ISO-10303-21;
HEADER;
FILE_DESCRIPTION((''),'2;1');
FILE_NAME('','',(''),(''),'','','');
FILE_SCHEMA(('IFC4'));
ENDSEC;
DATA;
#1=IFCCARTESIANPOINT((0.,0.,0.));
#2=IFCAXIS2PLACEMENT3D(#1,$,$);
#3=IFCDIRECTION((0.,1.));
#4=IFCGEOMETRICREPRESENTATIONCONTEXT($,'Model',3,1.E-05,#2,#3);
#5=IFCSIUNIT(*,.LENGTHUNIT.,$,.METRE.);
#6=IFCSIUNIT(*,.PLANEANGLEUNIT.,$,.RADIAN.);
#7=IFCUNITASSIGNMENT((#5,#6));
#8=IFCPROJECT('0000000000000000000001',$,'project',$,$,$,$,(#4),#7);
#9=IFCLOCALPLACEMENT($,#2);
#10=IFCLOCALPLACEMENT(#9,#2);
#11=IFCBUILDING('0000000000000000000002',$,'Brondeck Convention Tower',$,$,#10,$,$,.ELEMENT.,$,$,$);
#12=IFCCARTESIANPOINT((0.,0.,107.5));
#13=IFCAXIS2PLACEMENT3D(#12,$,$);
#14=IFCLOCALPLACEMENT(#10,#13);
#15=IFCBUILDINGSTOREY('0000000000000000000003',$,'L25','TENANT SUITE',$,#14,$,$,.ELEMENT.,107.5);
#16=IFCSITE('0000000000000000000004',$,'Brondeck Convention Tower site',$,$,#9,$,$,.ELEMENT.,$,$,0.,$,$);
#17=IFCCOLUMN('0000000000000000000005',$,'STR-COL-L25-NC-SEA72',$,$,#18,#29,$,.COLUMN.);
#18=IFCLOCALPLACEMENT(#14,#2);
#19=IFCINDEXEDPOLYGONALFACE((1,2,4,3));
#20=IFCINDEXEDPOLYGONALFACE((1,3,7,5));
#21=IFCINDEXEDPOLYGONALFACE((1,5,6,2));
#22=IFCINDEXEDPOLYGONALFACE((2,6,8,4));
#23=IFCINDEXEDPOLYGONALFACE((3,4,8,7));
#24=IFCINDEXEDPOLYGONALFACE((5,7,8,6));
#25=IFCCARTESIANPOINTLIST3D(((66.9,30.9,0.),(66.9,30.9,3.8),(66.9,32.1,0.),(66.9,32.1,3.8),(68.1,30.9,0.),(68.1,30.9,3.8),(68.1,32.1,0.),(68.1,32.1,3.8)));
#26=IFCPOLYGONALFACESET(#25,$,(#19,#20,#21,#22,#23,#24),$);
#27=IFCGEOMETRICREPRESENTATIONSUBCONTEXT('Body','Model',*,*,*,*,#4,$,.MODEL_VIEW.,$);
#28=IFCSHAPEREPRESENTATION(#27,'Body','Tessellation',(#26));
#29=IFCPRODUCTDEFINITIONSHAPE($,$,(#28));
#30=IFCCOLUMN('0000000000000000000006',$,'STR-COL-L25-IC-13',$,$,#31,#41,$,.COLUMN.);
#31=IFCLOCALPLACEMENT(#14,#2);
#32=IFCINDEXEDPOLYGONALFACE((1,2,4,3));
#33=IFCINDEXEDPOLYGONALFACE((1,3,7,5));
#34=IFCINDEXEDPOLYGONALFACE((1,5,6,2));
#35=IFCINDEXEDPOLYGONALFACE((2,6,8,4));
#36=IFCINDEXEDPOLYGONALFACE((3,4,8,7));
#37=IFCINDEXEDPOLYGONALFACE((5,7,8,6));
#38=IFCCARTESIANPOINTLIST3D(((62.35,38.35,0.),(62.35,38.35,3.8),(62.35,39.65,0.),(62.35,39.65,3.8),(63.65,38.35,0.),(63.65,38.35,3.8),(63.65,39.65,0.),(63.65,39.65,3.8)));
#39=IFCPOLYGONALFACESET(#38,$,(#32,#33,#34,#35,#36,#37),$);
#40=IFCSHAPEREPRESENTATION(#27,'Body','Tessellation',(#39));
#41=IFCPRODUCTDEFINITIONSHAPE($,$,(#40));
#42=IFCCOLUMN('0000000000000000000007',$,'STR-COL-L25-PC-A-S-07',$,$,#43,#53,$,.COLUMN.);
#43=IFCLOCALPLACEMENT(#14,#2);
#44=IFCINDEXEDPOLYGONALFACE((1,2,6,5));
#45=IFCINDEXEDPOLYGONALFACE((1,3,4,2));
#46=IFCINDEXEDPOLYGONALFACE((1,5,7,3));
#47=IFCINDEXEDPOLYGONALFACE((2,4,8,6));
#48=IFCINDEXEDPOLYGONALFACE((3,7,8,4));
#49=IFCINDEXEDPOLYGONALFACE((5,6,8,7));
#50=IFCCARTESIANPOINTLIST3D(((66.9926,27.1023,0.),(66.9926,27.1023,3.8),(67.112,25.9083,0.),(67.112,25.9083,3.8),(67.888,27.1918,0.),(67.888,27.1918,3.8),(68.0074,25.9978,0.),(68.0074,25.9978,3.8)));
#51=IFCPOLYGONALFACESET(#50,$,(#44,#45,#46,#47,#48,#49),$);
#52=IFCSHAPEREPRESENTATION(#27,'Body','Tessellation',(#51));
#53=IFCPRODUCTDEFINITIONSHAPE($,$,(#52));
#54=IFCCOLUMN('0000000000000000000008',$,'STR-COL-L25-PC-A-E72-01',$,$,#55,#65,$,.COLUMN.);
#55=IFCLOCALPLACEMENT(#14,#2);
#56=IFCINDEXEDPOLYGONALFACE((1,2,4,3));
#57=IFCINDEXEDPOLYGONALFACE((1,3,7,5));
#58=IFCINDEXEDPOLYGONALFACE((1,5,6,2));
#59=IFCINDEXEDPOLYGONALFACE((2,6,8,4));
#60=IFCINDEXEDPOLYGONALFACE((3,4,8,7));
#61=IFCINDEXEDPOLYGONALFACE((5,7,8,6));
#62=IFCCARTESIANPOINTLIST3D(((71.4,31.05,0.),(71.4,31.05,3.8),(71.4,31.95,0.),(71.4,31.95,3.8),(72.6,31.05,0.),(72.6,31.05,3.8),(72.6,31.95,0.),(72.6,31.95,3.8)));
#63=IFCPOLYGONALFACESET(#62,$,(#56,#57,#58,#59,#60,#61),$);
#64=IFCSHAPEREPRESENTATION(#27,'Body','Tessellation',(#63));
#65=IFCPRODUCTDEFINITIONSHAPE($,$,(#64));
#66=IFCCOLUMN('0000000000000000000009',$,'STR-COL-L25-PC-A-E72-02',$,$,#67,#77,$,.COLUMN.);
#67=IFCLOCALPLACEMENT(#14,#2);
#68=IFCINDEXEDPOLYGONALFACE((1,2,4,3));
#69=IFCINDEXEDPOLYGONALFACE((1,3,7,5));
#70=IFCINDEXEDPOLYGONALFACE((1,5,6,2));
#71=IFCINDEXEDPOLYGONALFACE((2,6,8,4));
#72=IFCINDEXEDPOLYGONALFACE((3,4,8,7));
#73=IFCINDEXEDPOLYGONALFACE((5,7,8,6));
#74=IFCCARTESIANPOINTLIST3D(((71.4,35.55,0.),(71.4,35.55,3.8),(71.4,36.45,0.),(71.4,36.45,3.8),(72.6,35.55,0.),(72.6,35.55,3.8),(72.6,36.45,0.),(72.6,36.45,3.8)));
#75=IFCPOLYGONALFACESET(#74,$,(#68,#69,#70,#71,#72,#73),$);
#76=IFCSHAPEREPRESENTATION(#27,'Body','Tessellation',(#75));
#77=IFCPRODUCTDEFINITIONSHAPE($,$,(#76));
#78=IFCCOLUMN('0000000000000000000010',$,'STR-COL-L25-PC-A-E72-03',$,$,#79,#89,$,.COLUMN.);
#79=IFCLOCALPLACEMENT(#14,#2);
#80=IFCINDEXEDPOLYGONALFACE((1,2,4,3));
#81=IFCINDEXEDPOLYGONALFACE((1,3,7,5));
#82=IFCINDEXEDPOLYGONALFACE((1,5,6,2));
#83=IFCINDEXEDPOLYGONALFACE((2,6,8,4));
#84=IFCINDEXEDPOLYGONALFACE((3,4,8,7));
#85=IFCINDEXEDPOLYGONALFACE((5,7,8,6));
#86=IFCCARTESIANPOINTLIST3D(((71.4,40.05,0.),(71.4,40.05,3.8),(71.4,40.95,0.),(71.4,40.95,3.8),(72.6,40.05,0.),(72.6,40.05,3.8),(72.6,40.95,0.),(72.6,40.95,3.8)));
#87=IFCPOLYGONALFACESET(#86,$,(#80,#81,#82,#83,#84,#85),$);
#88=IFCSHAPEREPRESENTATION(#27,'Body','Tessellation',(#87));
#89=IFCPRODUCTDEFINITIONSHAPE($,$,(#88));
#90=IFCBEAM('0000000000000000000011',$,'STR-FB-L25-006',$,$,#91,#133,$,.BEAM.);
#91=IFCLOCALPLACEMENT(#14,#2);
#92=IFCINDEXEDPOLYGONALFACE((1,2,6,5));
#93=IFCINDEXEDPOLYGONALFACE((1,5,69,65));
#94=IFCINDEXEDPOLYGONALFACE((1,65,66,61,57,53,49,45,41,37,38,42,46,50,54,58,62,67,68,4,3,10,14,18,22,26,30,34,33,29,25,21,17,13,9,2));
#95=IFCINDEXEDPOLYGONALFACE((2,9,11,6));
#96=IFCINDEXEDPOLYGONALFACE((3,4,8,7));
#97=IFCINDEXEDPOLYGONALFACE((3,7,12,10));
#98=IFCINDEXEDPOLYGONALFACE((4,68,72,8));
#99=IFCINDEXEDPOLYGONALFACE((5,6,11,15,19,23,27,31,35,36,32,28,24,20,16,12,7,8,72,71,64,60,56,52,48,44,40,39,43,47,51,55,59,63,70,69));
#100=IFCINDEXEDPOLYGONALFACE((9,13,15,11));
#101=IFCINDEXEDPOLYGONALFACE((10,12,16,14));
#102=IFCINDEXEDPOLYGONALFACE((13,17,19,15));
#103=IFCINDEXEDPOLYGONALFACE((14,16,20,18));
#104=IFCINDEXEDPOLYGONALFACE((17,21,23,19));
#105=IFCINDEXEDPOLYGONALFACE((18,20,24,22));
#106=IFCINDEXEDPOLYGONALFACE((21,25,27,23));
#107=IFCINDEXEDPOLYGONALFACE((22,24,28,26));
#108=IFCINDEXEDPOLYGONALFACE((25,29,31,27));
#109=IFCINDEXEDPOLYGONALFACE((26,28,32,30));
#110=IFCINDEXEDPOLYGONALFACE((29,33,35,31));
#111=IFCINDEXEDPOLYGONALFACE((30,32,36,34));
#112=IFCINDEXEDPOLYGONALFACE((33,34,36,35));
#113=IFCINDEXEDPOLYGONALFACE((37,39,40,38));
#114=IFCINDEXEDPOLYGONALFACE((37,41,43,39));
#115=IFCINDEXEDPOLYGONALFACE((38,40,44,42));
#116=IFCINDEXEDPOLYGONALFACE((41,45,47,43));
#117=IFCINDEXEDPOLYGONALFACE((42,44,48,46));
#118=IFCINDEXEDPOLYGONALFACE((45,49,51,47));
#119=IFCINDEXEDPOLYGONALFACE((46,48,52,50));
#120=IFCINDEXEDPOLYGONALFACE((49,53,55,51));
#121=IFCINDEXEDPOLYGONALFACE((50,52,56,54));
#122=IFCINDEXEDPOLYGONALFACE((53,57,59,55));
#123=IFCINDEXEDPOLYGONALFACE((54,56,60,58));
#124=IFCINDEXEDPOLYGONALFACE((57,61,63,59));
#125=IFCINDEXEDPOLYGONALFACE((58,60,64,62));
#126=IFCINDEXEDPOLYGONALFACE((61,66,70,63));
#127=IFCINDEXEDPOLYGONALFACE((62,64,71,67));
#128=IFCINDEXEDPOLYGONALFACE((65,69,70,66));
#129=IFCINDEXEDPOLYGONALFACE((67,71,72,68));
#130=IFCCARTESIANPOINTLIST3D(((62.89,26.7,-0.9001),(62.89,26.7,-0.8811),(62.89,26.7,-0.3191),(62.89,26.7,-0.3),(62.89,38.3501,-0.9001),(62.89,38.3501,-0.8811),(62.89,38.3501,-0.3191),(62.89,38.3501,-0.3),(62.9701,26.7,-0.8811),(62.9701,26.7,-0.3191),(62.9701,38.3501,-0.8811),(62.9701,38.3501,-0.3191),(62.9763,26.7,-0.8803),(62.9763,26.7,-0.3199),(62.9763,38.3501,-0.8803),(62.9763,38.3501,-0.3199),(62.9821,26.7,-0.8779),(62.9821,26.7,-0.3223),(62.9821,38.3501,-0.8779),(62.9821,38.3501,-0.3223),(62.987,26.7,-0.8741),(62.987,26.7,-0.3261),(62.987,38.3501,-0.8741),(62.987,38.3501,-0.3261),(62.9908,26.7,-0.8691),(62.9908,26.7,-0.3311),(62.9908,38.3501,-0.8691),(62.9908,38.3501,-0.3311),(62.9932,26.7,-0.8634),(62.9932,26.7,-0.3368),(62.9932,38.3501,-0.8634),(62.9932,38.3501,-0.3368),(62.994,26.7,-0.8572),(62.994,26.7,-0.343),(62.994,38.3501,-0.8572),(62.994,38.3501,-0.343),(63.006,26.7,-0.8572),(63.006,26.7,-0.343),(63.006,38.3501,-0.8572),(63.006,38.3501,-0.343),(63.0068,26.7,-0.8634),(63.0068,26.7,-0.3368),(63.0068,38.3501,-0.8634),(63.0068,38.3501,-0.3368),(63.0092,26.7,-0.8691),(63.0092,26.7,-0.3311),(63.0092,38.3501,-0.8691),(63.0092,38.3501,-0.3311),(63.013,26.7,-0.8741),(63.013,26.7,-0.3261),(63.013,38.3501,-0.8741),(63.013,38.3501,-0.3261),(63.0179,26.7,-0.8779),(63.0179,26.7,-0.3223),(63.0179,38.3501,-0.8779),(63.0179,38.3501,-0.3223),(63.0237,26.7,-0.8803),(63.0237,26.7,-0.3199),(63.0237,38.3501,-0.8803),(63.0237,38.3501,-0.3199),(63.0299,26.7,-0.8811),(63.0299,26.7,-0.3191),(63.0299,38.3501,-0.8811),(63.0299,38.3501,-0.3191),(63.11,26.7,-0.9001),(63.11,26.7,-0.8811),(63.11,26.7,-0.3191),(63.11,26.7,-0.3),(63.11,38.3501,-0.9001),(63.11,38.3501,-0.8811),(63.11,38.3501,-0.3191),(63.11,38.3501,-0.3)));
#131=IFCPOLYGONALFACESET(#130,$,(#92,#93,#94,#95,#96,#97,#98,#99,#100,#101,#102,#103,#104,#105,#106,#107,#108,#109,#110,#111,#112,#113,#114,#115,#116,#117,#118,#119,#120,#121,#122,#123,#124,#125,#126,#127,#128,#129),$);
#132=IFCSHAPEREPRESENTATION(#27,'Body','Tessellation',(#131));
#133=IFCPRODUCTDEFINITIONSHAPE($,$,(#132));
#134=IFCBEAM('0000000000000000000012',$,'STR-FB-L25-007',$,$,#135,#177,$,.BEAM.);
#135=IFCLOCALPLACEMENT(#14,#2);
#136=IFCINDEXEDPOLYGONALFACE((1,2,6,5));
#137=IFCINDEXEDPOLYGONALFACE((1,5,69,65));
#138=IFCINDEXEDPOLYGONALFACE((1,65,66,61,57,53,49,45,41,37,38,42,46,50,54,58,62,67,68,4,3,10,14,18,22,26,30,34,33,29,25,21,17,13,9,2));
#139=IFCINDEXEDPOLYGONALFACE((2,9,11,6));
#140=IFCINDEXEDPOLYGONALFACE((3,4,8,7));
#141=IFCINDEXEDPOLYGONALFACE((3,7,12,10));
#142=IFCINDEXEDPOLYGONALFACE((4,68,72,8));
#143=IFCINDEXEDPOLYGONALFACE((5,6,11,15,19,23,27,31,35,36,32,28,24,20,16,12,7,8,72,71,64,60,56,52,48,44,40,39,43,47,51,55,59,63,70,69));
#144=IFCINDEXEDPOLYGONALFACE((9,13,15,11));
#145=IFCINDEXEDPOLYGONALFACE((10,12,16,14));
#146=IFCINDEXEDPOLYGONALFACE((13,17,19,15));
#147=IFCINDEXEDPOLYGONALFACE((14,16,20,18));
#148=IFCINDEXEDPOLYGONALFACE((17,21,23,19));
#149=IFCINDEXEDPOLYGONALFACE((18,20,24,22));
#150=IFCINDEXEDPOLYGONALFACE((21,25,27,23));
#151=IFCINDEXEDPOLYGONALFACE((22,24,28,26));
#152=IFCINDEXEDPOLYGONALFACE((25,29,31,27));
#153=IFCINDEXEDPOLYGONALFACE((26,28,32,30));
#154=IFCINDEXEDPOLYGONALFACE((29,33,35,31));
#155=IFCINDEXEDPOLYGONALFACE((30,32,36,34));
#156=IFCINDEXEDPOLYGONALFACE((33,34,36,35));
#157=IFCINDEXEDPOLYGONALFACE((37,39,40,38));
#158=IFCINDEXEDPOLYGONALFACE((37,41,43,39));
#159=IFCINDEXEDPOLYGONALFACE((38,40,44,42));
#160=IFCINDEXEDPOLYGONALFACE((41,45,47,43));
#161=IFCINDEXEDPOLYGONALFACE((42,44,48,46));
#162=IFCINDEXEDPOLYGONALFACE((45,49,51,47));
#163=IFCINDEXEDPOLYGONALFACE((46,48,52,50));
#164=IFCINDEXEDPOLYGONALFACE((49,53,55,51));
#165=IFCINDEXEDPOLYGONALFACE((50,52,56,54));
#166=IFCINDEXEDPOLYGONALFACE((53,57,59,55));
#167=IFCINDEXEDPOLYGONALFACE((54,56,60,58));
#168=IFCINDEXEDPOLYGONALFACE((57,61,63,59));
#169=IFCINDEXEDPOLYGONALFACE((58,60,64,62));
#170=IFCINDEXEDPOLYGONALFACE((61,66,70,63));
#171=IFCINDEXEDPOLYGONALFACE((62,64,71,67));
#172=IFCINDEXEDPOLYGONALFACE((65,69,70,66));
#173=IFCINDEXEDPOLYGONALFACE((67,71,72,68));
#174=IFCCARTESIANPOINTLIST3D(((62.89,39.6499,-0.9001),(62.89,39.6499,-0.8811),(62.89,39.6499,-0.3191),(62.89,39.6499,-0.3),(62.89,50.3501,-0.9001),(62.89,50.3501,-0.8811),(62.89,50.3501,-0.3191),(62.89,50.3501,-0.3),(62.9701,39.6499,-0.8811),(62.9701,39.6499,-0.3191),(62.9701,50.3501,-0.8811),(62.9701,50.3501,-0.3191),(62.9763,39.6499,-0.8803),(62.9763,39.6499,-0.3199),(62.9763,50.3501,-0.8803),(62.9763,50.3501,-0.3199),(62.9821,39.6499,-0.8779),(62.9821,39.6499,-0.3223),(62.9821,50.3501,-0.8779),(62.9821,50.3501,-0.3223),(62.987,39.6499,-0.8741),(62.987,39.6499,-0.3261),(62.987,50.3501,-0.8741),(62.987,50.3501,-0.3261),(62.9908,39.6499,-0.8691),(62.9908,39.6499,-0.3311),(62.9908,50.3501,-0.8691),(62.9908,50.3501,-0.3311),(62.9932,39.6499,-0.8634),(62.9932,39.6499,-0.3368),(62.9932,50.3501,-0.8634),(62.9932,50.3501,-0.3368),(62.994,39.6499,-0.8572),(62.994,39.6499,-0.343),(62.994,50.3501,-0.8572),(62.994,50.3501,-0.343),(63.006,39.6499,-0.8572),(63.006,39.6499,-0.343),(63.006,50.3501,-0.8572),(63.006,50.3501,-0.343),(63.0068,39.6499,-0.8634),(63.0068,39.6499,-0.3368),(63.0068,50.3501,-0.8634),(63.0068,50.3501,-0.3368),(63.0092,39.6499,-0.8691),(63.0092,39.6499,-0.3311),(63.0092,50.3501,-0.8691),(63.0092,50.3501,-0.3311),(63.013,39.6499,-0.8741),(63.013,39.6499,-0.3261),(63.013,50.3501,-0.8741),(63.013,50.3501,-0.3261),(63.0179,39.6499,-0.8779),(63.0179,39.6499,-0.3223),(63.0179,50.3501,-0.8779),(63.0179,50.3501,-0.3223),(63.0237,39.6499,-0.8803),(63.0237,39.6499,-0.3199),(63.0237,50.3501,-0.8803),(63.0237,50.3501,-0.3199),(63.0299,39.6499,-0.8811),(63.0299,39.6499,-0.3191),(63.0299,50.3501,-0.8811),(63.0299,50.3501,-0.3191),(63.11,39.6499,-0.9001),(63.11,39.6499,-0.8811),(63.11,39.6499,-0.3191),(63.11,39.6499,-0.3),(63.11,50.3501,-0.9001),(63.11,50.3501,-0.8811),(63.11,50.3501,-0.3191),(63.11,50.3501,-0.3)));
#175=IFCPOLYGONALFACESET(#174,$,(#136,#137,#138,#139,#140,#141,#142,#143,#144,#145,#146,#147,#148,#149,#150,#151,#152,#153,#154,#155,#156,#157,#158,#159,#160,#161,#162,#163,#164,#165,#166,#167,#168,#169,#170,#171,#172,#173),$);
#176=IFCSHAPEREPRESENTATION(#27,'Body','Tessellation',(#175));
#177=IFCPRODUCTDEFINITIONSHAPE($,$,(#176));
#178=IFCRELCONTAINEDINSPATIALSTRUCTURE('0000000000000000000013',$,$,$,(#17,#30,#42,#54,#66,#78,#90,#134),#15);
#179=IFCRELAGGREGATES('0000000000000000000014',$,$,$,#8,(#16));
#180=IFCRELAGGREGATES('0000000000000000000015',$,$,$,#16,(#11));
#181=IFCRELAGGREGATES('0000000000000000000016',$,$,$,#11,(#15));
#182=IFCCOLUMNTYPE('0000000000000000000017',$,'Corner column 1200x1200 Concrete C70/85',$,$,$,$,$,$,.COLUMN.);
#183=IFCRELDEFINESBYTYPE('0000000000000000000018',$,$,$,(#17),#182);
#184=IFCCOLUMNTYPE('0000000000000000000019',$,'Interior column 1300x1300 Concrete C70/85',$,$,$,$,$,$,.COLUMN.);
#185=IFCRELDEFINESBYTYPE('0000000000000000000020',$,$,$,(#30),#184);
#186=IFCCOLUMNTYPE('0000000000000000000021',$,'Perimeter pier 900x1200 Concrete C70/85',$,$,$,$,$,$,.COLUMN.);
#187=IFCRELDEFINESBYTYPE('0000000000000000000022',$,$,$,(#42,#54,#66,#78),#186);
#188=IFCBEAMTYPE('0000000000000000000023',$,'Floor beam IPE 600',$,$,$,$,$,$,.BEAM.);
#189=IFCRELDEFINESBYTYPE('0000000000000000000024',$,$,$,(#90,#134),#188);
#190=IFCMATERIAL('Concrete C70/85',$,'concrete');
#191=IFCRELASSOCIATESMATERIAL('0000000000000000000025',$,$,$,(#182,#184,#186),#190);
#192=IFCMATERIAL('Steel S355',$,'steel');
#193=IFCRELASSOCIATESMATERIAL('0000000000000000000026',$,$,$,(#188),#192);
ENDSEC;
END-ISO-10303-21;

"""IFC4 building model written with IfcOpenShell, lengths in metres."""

from ifc_helpers import new_model, si_unit, direction, frame, origin, origin_2d, place, context, subcontext, project, spatial, rectangle, i_section, extrude, material, material_profile, profile_set, type_object, element, save


model = new_model("IFC4")

# Units and contexts
model_context = context("Model", 3, precision=1e-05, world=origin(), true_north=direction((0.0, 1.0)))
body_context = subcontext(model_context, "Body", "Model", "MODEL_VIEW")
ifc_project = project(units=[si_unit("LENGTHUNIT", "METRE"), si_unit("PLANEANGLEUNIT", "RADIAN")], contexts=[model_context])

# Site, building, storey
site_placement = place(None, origin())
site = spatial("IfcSite", under=ifc_project, at=site_placement, Name="Brondeck Convention Tower site", CompositionType="ELEMENT", RefElevation=0.0)
building_placement = place(site_placement, origin())
building = spatial("IfcBuilding", under=site, at=building_placement, Name="Brondeck Convention Tower", CompositionType="ELEMENT")
storey_placement = place(building_placement, frame((0.0, 0.0, 107.5)))
storey = spatial("IfcBuildingStorey", under=building, at=storey_placement, Name="L25", Description="TENANT SUITE", CompositionType="ELEMENT", Elevation=107.5)

# Columns
ifc_material_1 = material(Name="Concrete C70/85", Category="concrete")
ifc_material_profile_1 = material_profile(ifc_material_1, rectangle(XDim=1.2, YDim=1.2, at=origin_2d()), Name="Corner column 1200x1200 Concrete C70/85")
ifc_profile_set_1 = profile_set([ifc_material_profile_1], Name="Concrete C70/85")
column_type_1 = type_object("IfcColumnType", Name="Corner column 1200x1200 Concrete C70/85", PredefinedType="COLUMN", material=ifc_profile_set_1)
column_1_placement = place(storey_placement, frame((67.5, 31.5, 0.0), z_axis=(0.0, 0.0, 1.0), x_axis=(1.0, 0.0, 0.0)))
element("IfcColumn", 1, at=column_1_placement, inside=storey, type_object=column_type_1, Name="STR-COL-L25-NC-SEA72", PredefinedType="COLUMN", context=body_context, shape_type="SweptSolid", body=[
    extrude(rectangle(XDim=1.2, YDim=1.2, at=origin_2d()), origin(), (0.0, 0.0, 1.0), 3.8),
])
ifc_material_profile_2 = material_profile(ifc_material_1, rectangle(XDim=1.3, YDim=1.3, at=origin_2d()), Name="Interior column 1300x1300 Concrete C70/85")
ifc_profile_set_2 = profile_set([ifc_material_profile_2], Name="Concrete C70/85")
column_type_2 = type_object("IfcColumnType", Name="Interior column 1300x1300 Concrete C70/85", PredefinedType="COLUMN", material=ifc_profile_set_2)
column_2_placement = place(storey_placement, frame((63.0, 39.0, 0.0), z_axis=(0.0, 0.0, 1.0), x_axis=(1.0, 0.0, 0.0)))
element("IfcColumn", 2, at=column_2_placement, inside=storey, type_object=column_type_2, Name="STR-COL-L25-IC-13", PredefinedType="COLUMN", context=body_context, shape_type="SweptSolid", body=[
    extrude(rectangle(XDim=1.3, YDim=1.3, at=origin_2d()), origin(), (0.0, 0.0, 1.0), 3.8),
])
ifc_material_profile_3 = material_profile(ifc_material_1, rectangle(XDim=0.8999, YDim=1.2, at=origin_2d()), Name="Perimeter pier 900x1200 Concrete C70/85")
ifc_profile_set_3 = profile_set([ifc_material_profile_3], Name="Concrete C70/85")
column_type_3 = type_object("IfcColumnType", Name="Perimeter pier 900x1200 Concrete C70/85", PredefinedType="COLUMN", material=ifc_profile_set_3)
for number, where, z_axis, x_axis, name in (
    (3, (67.5, 26.55, 0.0), (0.0, 0.0, 1.0), (0.995037, 0.099504, 0.0), "STR-COL-L25-PC-A-S-07"),
    (4, (72.0, 31.5, 0.0), (0.0, 0.0, 1.0), (0.0, 1.0, 0.0), "STR-COL-L25-PC-A-E72-01"),
    (5, (72.0, 36.0, 0.0), (0.0, 0.0, 1.0), (0.0, 1.0, 0.0), "STR-COL-L25-PC-A-E72-02"),
    (6, (72.0, 40.5, 0.0), (0.0, 0.0, 1.0), (0.0, 1.0, 0.0), "STR-COL-L25-PC-A-E72-03"),
):
    element("IfcColumn", number, at=place(storey_placement, frame(where, z_axis=z_axis, x_axis=x_axis)), inside=storey, type_object=column_type_3, Name=name, PredefinedType="COLUMN", context=body_context, shape_type="SweptSolid", body=[
        extrude(rectangle(XDim=0.8999, YDim=1.2, at=origin_2d()), origin(), (0.0, 0.0, 1.0), 3.8),
    ])

# Beams
ifc_material_2 = material(Name="Steel S355", Category="steel")
ifc_material_profile_4 = material_profile(ifc_material_2, i_section(OverallWidth=0.22, OverallDepth=0.6001, WebThickness=0.012, FlangeThickness=0.019, FilletRadius=0.0239, at=origin_2d()), Name="IPE 600")
ifc_profile_set_4 = profile_set([ifc_material_profile_4], Name="Steel S355")
beam_type_1 = type_object("IfcBeamType", Name="Floor beam IPE 600", PredefinedType="BEAM", material=ifc_profile_set_4)
beam_1_placement = place(storey_placement, frame((63.0, 26.7, -0.6001), z_axis=(0.0, 1.0, 0.0), x_axis=(-1.0, 0.0, 0.0)))
element("IfcBeam", 7, at=beam_1_placement, inside=storey, type_object=beam_type_1, Name="STR-FB-L25-006", PredefinedType="BEAM", context=body_context, shape_type="SweptSolid", body=[
    extrude(i_section(OverallWidth=0.22, OverallDepth=0.6001, WebThickness=0.012, FlangeThickness=0.019, FilletRadius=0.0239, at=origin_2d()), origin(), (0.0, 0.0, 1.0), 11.6501),
])
beam_2_placement = place(storey_placement, frame((63.0, 39.6499, -0.6001), z_axis=(0.0, 1.0, 0.0), x_axis=(-1.0, 0.0, 0.0)))
element("IfcBeam", 8, at=beam_2_placement, inside=storey, type_object=beam_type_1, Name="STR-FB-L25-007", PredefinedType="BEAM", context=body_context, shape_type="SweptSolid", body=[
    extrude(i_section(OverallWidth=0.22, OverallDepth=0.6001, WebThickness=0.012, FlangeThickness=0.019, FilletRadius=0.0239, at=origin_2d()), origin(), (0.0, 0.0, 1.0), 10.7002),
])

save(model, "model.ifc")
